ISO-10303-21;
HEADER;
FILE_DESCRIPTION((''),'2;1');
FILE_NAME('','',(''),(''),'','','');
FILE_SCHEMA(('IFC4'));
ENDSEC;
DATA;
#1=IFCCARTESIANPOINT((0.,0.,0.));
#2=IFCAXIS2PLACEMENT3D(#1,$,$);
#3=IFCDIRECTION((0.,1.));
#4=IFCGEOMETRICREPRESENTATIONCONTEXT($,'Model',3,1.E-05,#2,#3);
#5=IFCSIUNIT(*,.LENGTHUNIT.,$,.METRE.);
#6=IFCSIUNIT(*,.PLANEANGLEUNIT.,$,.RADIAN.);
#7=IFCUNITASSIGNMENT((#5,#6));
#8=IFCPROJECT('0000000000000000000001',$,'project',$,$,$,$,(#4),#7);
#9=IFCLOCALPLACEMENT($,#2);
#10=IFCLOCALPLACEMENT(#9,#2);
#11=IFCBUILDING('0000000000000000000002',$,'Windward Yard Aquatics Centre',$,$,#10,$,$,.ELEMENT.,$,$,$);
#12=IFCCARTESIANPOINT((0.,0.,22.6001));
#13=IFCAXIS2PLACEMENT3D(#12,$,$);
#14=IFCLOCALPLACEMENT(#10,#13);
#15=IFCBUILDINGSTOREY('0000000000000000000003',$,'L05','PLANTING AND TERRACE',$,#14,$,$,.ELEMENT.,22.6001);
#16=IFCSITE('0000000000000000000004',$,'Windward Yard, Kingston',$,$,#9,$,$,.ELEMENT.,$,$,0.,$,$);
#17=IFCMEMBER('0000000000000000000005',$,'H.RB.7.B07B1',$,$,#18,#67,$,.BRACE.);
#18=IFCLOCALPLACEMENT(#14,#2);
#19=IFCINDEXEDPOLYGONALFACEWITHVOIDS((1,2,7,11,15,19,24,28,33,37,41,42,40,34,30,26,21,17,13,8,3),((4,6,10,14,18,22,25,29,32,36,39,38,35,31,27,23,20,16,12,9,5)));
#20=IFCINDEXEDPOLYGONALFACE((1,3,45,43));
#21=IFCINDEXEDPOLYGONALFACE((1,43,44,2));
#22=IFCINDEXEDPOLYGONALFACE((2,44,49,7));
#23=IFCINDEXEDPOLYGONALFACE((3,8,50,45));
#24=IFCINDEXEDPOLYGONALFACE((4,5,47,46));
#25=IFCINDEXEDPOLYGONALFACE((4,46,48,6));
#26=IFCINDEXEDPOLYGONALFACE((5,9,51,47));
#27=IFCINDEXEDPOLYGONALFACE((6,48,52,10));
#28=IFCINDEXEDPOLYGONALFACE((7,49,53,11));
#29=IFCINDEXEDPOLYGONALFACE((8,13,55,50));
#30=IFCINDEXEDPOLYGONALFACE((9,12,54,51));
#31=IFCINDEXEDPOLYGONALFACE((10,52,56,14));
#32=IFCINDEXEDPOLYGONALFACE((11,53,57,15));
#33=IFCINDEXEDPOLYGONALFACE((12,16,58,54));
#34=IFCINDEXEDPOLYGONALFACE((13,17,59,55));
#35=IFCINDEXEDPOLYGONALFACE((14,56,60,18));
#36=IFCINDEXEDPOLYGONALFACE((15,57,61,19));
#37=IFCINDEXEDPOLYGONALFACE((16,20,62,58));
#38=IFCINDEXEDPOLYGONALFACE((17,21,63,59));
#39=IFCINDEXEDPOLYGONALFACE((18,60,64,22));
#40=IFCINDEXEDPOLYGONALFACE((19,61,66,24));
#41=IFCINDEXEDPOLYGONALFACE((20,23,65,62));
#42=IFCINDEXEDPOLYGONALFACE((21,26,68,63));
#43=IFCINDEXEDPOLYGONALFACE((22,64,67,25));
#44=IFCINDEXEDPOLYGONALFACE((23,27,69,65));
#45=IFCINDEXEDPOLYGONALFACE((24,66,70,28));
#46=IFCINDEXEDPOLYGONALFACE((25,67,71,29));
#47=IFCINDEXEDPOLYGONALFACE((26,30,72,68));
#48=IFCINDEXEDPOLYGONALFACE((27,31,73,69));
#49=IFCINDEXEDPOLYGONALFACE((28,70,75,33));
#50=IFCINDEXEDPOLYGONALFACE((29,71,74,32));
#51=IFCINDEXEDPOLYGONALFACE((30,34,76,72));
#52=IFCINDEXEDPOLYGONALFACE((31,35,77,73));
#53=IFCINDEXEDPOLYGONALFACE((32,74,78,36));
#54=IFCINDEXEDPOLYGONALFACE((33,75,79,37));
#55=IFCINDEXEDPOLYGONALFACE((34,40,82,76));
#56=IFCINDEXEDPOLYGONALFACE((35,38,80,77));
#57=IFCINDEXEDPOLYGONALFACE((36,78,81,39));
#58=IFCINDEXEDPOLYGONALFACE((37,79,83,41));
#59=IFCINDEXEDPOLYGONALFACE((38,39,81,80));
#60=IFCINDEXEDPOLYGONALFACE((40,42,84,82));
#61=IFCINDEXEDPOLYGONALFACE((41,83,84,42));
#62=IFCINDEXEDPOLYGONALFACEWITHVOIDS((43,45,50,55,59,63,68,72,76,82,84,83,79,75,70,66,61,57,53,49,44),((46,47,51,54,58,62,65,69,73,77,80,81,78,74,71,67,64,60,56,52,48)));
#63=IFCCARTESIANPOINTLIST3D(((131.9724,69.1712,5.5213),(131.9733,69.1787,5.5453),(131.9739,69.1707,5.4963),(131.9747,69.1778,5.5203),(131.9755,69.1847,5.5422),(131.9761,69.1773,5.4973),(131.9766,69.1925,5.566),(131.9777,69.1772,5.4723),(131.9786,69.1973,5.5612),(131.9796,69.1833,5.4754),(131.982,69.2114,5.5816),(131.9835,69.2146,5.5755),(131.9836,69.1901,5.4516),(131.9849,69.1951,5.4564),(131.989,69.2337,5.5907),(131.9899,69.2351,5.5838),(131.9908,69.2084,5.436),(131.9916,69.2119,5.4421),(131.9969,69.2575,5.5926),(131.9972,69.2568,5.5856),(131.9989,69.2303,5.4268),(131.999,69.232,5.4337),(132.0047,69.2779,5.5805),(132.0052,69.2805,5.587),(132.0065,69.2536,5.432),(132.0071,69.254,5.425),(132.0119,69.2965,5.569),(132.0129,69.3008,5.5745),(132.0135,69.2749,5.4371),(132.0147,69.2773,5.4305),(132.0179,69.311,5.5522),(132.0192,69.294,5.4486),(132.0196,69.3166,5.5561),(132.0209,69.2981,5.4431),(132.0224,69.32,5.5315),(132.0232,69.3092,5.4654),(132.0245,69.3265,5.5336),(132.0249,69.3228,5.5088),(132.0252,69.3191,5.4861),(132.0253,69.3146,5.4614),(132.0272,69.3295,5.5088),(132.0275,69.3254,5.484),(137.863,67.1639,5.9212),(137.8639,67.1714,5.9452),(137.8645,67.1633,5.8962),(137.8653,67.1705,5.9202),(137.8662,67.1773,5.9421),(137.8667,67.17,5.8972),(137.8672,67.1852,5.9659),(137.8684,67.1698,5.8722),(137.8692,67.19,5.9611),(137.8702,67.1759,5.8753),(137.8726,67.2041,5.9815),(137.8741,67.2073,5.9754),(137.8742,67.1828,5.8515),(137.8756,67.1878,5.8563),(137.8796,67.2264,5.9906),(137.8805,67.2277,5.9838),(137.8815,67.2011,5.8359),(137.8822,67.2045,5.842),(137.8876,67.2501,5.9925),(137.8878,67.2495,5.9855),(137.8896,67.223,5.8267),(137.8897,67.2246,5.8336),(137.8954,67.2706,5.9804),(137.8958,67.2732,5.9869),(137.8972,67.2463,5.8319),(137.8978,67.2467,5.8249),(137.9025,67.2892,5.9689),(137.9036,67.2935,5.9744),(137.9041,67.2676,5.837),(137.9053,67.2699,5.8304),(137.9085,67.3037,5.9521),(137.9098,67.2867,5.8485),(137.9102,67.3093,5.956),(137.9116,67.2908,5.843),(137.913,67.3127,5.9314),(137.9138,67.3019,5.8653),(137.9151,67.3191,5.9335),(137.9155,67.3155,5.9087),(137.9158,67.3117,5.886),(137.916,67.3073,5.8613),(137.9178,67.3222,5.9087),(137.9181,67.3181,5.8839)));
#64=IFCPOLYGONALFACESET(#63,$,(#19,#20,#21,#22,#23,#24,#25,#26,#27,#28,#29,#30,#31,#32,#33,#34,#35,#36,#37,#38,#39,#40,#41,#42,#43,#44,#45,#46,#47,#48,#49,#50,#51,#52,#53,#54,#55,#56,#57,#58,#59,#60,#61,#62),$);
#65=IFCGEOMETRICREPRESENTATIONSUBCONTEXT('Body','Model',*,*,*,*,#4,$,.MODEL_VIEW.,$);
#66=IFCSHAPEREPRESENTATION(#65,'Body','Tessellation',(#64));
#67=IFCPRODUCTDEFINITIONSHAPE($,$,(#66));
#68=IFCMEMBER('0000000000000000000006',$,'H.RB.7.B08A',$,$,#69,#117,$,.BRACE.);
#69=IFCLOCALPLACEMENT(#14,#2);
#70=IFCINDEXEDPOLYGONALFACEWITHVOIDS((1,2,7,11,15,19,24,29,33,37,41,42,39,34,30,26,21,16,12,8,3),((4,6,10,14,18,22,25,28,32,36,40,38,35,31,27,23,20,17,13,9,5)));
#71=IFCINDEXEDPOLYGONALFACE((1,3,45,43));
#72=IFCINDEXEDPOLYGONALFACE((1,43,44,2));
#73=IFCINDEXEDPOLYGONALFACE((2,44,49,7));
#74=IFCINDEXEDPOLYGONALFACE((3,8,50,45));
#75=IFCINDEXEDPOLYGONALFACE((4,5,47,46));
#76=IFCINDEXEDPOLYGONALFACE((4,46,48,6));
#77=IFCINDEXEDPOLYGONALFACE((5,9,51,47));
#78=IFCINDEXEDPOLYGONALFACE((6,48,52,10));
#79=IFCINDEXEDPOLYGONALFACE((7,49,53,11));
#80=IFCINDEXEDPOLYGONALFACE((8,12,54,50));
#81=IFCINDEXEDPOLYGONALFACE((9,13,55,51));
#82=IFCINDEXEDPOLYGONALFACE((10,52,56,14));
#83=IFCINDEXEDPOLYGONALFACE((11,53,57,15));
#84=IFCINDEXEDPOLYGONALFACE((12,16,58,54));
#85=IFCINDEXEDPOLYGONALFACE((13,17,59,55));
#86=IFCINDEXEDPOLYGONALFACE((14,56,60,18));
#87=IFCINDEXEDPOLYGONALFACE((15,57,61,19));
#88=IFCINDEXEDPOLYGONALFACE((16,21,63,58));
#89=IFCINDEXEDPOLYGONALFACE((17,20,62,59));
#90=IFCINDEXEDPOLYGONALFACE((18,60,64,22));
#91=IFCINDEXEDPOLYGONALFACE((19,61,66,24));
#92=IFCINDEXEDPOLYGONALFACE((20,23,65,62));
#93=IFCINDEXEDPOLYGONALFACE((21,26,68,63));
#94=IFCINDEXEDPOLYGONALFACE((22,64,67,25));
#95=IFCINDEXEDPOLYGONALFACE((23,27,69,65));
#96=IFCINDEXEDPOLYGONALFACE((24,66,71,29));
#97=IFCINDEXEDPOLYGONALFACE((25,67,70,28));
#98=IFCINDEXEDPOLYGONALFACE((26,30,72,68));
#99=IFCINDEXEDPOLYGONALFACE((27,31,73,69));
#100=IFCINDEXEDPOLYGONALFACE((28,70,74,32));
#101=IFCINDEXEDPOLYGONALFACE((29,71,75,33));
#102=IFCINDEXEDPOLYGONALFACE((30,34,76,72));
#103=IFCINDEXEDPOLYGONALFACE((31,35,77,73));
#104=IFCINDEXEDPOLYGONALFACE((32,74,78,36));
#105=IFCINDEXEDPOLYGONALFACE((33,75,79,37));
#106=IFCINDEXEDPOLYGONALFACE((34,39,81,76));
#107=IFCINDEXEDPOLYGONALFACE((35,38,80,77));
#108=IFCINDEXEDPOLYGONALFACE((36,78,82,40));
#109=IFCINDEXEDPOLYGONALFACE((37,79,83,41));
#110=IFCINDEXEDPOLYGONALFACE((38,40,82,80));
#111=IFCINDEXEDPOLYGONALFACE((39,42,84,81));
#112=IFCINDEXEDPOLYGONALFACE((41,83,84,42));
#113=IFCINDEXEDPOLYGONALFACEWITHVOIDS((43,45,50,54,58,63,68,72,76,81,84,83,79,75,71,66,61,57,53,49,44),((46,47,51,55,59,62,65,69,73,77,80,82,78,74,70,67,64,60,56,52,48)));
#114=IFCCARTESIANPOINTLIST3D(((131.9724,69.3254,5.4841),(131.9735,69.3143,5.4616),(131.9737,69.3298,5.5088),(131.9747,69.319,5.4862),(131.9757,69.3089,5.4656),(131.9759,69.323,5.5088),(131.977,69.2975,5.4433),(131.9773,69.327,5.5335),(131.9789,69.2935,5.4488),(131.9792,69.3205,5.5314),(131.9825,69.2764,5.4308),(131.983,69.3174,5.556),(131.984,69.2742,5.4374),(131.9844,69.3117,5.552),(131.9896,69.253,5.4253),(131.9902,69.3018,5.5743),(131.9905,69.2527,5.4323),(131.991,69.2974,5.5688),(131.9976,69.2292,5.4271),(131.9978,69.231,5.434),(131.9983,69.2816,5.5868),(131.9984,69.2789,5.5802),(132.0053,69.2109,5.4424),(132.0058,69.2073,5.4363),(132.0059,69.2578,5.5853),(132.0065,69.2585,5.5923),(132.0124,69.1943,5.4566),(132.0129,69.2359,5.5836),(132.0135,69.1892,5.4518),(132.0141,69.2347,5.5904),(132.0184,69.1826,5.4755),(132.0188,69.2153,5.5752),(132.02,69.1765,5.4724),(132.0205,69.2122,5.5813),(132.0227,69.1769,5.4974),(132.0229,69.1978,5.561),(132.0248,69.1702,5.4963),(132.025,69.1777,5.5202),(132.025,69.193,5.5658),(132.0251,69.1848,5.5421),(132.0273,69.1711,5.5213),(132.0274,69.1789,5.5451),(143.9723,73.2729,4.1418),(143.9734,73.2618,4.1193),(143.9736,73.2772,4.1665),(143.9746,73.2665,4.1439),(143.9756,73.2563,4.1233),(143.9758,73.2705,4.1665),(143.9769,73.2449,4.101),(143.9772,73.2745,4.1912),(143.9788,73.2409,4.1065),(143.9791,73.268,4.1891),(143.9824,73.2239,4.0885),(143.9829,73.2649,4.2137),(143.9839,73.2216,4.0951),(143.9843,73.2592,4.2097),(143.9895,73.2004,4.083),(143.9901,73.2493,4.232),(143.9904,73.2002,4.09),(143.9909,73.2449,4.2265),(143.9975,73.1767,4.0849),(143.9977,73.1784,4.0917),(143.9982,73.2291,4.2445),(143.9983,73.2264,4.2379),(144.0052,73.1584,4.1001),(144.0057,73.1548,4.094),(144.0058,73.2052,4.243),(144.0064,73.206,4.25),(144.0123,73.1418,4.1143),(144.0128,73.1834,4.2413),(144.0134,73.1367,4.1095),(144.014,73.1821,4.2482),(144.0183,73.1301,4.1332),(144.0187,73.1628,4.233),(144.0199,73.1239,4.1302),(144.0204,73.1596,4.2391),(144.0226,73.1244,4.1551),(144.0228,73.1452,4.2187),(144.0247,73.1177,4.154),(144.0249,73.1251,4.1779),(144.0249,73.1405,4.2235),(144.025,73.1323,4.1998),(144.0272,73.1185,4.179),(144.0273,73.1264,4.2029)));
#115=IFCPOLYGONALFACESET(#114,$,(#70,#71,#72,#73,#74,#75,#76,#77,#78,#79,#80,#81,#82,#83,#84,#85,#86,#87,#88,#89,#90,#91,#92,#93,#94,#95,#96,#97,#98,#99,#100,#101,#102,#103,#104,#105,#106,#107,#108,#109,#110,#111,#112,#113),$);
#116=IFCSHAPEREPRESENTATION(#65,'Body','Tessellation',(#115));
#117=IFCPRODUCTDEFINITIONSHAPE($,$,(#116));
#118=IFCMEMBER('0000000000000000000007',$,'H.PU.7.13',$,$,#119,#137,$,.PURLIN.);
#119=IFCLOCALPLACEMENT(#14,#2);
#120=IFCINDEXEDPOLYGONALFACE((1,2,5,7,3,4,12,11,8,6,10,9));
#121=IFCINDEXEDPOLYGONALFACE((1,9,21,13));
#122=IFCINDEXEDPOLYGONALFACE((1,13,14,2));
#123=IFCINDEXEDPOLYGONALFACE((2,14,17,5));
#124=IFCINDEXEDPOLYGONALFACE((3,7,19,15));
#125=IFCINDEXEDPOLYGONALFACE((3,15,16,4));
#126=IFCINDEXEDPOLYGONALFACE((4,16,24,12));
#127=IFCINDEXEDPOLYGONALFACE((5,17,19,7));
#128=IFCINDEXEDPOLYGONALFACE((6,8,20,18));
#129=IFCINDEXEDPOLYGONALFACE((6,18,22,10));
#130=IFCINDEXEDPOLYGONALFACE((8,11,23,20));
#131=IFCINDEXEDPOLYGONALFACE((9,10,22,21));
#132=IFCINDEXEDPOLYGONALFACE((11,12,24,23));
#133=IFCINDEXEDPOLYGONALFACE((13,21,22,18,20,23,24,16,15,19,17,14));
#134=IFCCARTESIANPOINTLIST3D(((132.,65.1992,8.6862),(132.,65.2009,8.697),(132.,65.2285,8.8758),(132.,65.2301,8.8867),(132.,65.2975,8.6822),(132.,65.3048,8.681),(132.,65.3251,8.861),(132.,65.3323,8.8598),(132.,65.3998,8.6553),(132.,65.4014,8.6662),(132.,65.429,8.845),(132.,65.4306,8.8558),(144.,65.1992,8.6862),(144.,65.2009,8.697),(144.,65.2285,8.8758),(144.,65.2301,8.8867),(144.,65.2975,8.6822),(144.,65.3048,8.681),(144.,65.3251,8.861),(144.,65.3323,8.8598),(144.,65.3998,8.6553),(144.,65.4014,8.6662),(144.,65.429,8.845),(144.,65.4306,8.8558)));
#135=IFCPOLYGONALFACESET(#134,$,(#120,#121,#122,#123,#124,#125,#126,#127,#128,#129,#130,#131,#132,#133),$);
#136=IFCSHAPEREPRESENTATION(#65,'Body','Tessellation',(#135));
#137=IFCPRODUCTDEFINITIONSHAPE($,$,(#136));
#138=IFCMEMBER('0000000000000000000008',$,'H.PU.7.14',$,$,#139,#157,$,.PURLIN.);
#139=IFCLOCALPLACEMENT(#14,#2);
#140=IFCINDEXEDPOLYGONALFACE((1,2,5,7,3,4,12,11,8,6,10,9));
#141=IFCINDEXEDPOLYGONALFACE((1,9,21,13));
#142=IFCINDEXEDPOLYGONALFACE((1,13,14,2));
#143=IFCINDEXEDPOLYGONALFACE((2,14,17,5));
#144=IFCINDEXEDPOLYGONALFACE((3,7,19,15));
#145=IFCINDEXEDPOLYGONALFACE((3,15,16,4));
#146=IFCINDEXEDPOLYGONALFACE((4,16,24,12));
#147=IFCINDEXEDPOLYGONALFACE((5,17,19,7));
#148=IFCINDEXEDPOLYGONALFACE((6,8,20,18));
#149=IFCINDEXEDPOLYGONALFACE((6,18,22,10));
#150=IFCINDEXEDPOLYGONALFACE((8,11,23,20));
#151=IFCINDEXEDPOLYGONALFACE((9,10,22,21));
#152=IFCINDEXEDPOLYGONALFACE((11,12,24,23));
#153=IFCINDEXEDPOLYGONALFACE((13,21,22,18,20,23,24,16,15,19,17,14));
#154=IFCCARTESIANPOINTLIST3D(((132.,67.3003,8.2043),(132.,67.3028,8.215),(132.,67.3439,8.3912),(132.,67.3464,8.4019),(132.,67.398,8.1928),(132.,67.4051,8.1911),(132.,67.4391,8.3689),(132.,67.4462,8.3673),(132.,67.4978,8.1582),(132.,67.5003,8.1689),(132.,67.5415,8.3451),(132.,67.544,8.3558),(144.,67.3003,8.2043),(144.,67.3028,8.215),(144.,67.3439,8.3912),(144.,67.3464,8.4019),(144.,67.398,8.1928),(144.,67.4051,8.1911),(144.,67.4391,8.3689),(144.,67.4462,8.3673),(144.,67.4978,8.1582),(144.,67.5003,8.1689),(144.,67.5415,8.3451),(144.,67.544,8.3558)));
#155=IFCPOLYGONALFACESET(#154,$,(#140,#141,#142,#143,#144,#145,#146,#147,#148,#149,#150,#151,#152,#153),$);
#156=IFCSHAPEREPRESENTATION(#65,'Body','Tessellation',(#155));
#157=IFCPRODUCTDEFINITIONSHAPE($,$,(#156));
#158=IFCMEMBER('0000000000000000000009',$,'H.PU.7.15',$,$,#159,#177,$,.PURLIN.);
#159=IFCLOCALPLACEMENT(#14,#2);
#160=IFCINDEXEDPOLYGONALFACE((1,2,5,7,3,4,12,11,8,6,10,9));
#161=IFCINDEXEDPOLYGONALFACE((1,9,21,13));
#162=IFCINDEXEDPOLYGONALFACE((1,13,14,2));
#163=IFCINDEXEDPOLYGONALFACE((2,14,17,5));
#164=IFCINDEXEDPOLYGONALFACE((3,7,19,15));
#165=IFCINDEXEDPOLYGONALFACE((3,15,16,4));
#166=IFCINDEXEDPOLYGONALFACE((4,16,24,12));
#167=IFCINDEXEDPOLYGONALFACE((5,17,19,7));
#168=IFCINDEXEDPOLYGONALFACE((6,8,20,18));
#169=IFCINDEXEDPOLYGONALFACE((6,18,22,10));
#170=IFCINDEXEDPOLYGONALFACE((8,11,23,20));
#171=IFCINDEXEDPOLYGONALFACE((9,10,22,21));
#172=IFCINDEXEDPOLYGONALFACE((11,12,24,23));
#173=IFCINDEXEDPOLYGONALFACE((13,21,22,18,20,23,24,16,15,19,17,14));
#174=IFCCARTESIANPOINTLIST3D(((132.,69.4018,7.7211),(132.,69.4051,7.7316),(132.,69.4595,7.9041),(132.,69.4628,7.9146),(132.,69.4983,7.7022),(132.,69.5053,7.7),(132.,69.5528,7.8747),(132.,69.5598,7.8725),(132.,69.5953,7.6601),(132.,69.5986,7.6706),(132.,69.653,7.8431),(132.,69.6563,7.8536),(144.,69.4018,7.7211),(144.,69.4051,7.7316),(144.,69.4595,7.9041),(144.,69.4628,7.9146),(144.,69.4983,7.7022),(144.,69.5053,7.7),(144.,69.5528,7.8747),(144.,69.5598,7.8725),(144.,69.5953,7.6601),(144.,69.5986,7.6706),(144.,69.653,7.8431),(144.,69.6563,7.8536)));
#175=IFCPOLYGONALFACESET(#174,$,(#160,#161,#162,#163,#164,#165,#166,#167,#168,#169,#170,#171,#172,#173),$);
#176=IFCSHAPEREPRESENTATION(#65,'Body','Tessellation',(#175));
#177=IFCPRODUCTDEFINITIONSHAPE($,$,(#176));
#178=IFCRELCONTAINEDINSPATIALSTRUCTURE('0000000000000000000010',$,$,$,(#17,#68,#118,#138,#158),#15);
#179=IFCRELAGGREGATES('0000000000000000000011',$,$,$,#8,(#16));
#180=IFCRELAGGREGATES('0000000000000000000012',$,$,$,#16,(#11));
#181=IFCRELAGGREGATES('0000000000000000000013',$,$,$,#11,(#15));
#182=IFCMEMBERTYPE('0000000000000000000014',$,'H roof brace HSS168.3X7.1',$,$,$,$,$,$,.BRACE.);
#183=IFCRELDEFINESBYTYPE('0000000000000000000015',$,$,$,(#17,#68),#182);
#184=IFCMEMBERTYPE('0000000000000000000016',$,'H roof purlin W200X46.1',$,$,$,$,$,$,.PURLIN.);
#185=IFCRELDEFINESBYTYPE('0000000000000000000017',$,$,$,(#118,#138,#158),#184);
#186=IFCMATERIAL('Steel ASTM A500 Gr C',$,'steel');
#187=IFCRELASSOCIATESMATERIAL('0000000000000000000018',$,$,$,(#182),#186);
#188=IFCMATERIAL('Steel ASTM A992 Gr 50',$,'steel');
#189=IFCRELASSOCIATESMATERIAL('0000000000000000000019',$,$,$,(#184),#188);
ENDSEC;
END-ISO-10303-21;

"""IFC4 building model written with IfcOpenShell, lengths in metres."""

from ifc_helpers import new_model, si_unit, direction, frame, origin, origin_2d, place, context, subcontext, project, spatial, hollow_circle, i_section, extrude, material, material_profile, profile_set, type_object, element, save


model = new_model("IFC4")

# Units and contexts
model_context = context("Model", 3, precision=1e-05, world=origin(), true_north=direction((0.0, 1.0)))
body_context = subcontext(model_context, "Body", "Model", "MODEL_VIEW")
ifc_project = project(units=[si_unit("LENGTHUNIT", "METRE"), si_unit("PLANEANGLEUNIT", "RADIAN")], contexts=[model_context])

# Site, building, storey
site_placement = place(None, origin())
site = spatial("IfcSite", under=ifc_project, at=site_placement, Name="Windward Yard, Kingston", CompositionType="ELEMENT", RefElevation=0.0)
building_placement = place(site_placement, origin())
building = spatial("IfcBuilding", under=site, at=building_placement, Name="Windward Yard Aquatics Centre", CompositionType="ELEMENT")
storey_placement = place(building_placement, frame((0.0, 0.0, 22.6001)))
storey = spatial("IfcBuildingStorey", under=building, at=storey_placement, Name="L05", Description="PLANTING AND TERRACE", CompositionType="ELEMENT", Elevation=22.6001)

# Members
ifc_material_1 = material(Name="Steel ASTM A500 Gr C", Category="steel")
ifc_material_profile_1 = material_profile(ifc_material_1, hollow_circle(Radius=0.0842, WallThickness=0.0071, at=origin_2d()), Name="HSS168.3X7.1")
ifc_profile_set_1 = profile_set([ifc_material_profile_1], Name="Steel ASTM A500 Gr C")
member_type_1 = type_object("IfcMemberType", Name="H roof brace HSS168.3X7.1", PredefinedType="BRACE", material=ifc_profile_set_1)
member_1_placement = place(storey_placement, frame((132.0, 69.2498, 5.5088), z_axis=(0.944603, -0.321889, 0.064127), x_axis=(0.322553, 0.946552, 0.0)))
element("IfcMember", 1, at=member_1_placement, inside=storey, type_object=member_type_1, Name="H.RB.7.B07B1", PredefinedType="BRACE", context=body_context, shape_type="SweptSolid", body=[
    extrude(hollow_circle(Radius=0.0842, WallThickness=0.0071, at=origin_2d()), origin(), (0.0, 0.0, 1.0), 6.2361),
])
member_2_placement = place(storey_placement, frame((132.0, 69.2498, 5.5088), z_axis=(0.944605, 0.310736, -0.105661), x_axis=(-0.312486, 0.949922, 0.0)))
element("IfcMember", 2, at=member_2_placement, inside=storey, type_object=member_type_1, Name="H.RB.7.B08A", PredefinedType="BRACE", context=body_context, shape_type="SweptSolid", body=[
    extrude(hollow_circle(Radius=0.0842, WallThickness=0.0071, at=origin_2d()), origin(), (0.0, 0.0, 1.0), 12.7036),
])
ifc_material_2 = material(Name="Steel ASTM A992 Gr 50", Category="steel")
ifc_material_profile_2 = material_profile(ifc_material_2, i_section(OverallWidth=0.2029, OverallDepth=0.2029, WebThickness=0.0073, FlangeThickness=0.011, at=origin_2d()), Name="W200X46.1")
ifc_profile_set_2 = profile_set([ifc_material_profile_2], Name="Steel ASTM A992 Gr 50")
member_type_2 = type_object("IfcMemberType", Name="H roof purlin W200X46.1", PredefinedType="PURLIN", material=ifc_profile_set_2)
for number, where, z_axis, x_axis, name in (
    (3, (132.0, 65.3149, 8.771), (1.0, 0.0, 0.0), (0.0, 0.98834, -0.152262), "H.PU.7.13"),
    (4, (132.0, 67.4221, 8.28), (1.0, 0.0, 0.0), (0.0, 0.973829, -0.227281), "H.PU.7.14"),
    (5, (132.0, 69.5291, 7.7874), (1.0, 0.0, 0.0), (0.0, 0.953633, -0.300973), "H.PU.7.15"),
):
    element("IfcMember", number, at=place(storey_placement, frame(where, z_axis=z_axis, x_axis=x_axis)), inside=storey, type_object=member_type_2, Name=name, PredefinedType="PURLIN", context=body_context, shape_type="SweptSolid", body=[
        extrude(i_section(OverallWidth=0.2029, OverallDepth=0.2029, WebThickness=0.0073, FlangeThickness=0.011, at=origin_2d()), origin(), (0.0, 0.0, 1.0), 12.0),
    ])

save(model, "model.ifc")
